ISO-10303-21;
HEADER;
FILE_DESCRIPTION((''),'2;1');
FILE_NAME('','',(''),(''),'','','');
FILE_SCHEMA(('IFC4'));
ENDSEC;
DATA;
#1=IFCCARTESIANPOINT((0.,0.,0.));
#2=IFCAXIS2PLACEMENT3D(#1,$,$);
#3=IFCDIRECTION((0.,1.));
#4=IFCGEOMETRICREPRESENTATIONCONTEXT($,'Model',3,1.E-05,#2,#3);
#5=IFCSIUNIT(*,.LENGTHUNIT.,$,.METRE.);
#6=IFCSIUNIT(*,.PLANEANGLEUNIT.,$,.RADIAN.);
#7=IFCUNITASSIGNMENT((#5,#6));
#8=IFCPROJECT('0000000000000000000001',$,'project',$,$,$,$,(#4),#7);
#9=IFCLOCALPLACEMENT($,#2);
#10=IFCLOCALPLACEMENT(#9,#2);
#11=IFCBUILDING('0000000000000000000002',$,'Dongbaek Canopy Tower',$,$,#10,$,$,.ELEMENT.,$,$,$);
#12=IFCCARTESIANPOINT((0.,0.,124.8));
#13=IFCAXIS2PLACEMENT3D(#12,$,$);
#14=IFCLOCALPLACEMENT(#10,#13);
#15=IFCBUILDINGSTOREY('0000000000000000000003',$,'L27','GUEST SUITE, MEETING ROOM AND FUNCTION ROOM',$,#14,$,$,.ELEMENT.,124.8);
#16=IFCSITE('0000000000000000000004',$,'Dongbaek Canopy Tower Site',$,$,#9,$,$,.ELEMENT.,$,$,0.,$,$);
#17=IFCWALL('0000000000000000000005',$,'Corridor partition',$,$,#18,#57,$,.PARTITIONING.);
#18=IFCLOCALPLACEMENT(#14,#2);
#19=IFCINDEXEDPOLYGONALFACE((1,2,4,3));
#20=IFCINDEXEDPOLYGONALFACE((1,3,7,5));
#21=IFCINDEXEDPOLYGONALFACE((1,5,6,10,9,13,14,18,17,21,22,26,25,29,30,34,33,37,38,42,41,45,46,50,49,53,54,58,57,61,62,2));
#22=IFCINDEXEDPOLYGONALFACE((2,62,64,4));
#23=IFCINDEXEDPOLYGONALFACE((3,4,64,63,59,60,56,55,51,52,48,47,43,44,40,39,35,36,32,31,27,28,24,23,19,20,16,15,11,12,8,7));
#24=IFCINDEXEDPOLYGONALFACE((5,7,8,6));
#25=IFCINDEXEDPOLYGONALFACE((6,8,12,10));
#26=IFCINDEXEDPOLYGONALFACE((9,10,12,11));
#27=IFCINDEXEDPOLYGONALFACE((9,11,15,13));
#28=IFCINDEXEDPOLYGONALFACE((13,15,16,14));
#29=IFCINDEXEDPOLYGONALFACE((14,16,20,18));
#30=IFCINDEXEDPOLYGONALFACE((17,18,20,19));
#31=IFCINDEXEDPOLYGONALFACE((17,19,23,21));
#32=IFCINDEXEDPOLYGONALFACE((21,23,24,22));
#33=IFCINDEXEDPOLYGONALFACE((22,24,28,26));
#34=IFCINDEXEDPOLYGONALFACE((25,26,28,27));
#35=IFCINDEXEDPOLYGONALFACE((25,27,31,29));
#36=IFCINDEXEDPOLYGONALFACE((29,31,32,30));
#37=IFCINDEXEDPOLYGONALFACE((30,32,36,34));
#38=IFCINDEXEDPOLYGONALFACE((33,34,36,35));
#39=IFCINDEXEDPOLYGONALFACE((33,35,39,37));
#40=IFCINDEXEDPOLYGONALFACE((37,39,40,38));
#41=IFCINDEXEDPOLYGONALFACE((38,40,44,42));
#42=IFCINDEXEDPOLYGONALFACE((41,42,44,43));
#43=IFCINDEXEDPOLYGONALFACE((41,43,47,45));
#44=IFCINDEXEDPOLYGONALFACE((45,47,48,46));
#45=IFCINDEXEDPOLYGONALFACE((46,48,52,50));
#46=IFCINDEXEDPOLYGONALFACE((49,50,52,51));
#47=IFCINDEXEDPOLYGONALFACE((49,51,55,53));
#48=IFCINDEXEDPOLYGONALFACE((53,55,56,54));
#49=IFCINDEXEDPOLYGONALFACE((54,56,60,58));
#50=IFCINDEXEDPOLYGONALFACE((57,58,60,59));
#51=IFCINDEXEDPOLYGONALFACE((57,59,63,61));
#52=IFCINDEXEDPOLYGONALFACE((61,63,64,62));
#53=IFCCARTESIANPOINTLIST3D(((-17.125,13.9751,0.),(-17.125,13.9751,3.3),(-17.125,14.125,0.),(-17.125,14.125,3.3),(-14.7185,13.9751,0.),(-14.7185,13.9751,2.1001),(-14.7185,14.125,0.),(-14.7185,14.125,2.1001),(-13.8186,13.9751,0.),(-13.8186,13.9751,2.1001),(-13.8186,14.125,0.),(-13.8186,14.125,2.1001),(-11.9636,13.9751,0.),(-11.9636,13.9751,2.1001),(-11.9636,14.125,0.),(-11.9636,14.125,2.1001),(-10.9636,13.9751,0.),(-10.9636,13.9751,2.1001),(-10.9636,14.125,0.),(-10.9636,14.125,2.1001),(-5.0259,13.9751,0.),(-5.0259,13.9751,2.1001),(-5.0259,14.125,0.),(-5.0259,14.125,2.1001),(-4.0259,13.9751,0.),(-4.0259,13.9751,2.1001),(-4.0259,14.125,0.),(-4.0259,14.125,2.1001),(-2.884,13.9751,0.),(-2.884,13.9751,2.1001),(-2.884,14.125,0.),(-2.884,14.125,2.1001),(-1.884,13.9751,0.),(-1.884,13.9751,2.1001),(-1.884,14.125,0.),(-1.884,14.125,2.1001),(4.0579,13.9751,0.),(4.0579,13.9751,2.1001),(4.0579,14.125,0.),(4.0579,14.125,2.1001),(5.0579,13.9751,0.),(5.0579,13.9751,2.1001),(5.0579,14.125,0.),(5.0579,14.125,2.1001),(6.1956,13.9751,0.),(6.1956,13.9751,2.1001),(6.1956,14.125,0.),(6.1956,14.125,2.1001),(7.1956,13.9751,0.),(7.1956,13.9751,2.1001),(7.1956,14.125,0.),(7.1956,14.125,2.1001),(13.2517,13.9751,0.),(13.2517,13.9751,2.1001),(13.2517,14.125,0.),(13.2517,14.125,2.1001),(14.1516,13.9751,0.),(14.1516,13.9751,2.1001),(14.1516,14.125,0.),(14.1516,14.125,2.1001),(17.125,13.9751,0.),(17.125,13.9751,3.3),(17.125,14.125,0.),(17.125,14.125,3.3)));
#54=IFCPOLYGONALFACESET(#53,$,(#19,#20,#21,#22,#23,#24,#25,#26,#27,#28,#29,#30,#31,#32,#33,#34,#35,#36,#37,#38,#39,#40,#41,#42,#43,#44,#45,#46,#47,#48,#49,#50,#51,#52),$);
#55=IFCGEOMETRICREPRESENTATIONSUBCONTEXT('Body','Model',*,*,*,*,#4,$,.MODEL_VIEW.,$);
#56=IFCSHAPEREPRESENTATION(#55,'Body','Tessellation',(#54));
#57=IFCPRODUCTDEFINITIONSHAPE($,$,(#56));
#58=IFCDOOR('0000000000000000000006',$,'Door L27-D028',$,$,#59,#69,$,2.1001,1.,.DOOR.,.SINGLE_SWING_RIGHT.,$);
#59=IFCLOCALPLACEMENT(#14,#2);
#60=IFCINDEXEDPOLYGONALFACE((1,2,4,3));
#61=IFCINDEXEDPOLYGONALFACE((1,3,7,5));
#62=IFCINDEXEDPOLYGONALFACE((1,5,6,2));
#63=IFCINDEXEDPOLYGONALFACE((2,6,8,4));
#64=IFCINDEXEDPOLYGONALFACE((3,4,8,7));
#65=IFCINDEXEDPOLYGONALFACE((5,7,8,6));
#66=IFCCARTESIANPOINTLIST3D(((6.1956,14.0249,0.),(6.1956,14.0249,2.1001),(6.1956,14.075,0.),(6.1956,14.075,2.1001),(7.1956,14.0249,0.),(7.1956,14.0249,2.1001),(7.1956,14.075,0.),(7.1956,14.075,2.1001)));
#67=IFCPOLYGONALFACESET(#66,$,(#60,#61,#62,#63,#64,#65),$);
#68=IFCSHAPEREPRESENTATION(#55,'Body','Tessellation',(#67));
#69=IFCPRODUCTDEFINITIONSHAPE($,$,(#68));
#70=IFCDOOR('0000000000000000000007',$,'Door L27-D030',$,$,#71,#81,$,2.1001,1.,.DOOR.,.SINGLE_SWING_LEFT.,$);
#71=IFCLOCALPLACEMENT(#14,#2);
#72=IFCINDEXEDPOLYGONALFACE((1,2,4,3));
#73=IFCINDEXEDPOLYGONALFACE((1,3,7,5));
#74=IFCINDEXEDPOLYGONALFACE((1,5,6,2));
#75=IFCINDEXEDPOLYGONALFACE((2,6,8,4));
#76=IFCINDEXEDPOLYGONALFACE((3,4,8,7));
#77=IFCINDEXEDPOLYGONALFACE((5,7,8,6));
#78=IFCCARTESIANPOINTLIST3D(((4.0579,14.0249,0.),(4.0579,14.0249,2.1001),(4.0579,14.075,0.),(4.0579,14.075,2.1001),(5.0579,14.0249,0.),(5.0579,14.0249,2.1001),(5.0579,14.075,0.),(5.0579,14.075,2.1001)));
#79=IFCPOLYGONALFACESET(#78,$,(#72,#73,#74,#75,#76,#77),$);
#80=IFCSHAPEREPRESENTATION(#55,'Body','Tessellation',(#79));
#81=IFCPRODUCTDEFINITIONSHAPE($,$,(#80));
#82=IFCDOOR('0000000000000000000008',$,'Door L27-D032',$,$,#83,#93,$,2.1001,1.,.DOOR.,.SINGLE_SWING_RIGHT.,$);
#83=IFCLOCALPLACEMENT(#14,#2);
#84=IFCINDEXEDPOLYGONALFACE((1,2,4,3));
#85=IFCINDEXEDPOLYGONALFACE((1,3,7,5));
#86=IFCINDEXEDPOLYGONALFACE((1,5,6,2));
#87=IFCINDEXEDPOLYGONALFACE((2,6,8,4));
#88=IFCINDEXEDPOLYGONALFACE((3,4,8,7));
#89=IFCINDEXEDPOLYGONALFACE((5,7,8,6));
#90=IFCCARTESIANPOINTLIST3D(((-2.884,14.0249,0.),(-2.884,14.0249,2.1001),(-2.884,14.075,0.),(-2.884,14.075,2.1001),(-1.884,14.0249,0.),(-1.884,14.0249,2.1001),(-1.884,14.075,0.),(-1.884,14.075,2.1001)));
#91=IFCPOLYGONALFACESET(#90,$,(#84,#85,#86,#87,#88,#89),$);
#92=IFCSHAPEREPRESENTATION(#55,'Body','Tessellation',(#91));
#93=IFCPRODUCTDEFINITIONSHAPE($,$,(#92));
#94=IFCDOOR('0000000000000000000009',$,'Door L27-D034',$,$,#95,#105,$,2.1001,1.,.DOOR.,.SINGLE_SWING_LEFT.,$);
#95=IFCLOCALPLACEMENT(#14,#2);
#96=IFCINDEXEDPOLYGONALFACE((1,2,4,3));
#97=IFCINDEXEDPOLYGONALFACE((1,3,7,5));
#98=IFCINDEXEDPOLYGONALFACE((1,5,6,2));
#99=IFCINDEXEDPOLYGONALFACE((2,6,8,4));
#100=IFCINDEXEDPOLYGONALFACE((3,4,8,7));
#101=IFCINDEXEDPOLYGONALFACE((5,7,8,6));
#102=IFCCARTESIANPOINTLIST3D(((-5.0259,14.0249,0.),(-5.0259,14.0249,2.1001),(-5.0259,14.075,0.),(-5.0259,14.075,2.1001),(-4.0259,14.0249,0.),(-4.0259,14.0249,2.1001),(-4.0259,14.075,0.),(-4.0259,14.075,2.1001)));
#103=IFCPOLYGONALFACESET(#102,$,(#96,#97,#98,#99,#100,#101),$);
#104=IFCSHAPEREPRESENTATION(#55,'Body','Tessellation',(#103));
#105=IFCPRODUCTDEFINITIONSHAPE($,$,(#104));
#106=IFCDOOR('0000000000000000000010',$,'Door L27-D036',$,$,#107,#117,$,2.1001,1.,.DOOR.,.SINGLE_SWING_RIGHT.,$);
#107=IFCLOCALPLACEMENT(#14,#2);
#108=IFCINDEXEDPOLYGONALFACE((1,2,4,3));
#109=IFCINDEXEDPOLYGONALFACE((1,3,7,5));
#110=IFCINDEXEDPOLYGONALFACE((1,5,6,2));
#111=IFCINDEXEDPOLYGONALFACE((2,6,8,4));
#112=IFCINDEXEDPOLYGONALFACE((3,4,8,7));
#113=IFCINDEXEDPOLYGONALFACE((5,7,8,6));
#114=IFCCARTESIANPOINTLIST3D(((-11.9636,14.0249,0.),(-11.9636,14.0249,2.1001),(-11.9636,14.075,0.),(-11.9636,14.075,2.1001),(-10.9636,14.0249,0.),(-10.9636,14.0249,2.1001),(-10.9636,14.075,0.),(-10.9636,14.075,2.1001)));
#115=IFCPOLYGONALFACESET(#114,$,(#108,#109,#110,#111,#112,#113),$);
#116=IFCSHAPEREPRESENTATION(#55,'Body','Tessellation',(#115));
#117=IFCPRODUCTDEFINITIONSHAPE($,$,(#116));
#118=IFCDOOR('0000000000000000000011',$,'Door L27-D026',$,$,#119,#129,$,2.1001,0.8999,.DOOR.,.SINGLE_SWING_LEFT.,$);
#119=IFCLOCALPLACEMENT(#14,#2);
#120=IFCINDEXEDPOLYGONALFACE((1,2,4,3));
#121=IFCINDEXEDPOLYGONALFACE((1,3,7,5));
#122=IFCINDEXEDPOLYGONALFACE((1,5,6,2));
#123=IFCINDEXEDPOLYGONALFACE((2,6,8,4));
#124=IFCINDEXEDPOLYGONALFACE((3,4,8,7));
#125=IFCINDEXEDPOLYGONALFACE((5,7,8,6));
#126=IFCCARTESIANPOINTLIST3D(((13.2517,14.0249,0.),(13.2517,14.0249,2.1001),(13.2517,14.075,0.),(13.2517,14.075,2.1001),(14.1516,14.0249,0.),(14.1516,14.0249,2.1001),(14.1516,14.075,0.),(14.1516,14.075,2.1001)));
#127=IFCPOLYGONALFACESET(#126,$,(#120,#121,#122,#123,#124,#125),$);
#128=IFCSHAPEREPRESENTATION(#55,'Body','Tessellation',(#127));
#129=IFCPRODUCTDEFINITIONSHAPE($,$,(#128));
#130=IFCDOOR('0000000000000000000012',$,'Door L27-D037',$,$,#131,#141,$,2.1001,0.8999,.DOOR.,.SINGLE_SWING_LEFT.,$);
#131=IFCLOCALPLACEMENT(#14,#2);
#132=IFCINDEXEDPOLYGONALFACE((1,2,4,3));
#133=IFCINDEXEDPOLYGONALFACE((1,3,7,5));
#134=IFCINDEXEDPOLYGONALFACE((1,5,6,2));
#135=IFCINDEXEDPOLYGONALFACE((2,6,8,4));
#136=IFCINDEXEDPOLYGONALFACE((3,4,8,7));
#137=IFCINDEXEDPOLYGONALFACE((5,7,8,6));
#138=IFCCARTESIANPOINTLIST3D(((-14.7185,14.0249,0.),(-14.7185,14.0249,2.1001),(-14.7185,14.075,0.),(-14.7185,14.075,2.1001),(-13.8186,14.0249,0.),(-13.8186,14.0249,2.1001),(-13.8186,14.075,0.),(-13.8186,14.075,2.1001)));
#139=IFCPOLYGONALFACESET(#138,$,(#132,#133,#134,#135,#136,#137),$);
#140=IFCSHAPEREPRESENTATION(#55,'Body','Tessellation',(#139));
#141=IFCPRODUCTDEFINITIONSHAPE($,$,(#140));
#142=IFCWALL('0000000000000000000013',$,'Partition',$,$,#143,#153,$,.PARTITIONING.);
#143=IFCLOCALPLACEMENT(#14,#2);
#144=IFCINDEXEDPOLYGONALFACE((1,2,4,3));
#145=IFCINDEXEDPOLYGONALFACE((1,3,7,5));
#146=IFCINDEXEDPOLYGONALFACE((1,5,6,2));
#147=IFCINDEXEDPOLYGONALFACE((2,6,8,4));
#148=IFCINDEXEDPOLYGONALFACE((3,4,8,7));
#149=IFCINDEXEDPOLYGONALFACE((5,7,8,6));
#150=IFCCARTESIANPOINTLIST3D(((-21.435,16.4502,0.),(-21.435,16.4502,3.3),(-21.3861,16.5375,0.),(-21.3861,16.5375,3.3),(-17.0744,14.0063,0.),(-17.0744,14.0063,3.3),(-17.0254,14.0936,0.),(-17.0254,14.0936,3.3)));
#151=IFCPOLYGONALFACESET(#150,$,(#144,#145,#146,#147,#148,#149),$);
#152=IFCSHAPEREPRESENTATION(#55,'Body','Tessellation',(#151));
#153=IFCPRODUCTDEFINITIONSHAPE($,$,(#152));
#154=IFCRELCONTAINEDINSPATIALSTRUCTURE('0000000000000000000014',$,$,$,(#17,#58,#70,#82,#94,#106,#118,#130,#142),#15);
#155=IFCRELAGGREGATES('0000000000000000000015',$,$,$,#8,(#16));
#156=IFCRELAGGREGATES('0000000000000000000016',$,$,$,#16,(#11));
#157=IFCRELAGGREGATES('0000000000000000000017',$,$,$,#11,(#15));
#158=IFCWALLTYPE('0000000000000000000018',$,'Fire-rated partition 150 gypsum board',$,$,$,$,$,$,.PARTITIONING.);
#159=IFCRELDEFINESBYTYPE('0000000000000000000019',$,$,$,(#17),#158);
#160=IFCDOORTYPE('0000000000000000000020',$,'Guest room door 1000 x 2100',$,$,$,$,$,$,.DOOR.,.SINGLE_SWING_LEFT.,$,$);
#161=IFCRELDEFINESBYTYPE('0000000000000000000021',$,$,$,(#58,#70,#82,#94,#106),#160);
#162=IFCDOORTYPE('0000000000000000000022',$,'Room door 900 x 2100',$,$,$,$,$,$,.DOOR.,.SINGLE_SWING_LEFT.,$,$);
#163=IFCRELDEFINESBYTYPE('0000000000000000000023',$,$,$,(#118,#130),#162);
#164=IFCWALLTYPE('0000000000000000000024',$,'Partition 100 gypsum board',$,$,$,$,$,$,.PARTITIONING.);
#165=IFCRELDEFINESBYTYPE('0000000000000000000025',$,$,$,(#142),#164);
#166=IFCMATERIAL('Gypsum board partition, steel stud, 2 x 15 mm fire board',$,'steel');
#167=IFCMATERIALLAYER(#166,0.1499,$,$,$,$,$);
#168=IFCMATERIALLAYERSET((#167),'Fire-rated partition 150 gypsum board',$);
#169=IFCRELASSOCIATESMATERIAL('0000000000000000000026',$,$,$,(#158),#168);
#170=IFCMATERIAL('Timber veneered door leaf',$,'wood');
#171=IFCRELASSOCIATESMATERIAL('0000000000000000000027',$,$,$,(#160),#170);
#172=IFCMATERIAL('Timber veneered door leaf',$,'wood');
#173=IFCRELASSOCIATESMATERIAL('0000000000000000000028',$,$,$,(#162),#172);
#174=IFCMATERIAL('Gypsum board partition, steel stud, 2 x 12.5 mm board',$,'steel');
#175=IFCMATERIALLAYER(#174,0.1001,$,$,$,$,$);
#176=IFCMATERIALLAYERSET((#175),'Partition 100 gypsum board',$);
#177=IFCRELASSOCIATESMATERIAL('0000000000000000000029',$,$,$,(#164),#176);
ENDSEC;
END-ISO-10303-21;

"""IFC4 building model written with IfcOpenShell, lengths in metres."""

from ifc_helpers import new_model, si_unit, direction, frame, frame_2d, origin, place, context, subcontext, project, spatial, rectangle, extrude, material, layer, layer_set, type_object, element, fill, save


model = new_model("IFC4")

# Units and contexts
model_context = context("Model", 3, precision=1e-05, world=origin(), true_north=direction((0.0, 1.0)))
body_context = subcontext(model_context, "Body", "Model", "MODEL_VIEW")
ifc_project = project(units=[si_unit("LENGTHUNIT", "METRE"), si_unit("PLANEANGLEUNIT", "RADIAN")], contexts=[model_context])

# Site, building, storey
site_placement = place(None, origin())
site = spatial("IfcSite", under=ifc_project, at=site_placement, Name="Dongbaek Canopy Tower Site", CompositionType="ELEMENT", RefElevation=0.0)
building_placement = place(site_placement, origin())
building = spatial("IfcBuilding", under=site, at=building_placement, Name="Dongbaek Canopy Tower", CompositionType="ELEMENT")
storey_placement = place(building_placement, frame((0.0, 0.0, 124.8)))
storey = spatial("IfcBuildingStorey", under=building, at=storey_placement, Name="L27", Description="GUEST SUITE, MEETING ROOM AND FUNCTION ROOM", CompositionType="ELEMENT", Elevation=124.8)

# Wall, openings, doors
ifc_material_1 = material(Name="Gypsum board partition, steel stud, 2 x 15 mm fire board", Category="steel")
ifc_layer_1 = layer(ifc_material_1, 0.1499)
ifc_layer_set_1 = layer_set([ifc_layer_1], Name="Fire-rated partition 150 gypsum board")
wall_type_1 = type_object("IfcWallType", Name="Fire-rated partition 150 gypsum board", PredefinedType="PARTITIONING", material=ifc_layer_set_1)
wall_1_placement = place(storey_placement, frame((-17.125, 14.05, 0.0), z_axis=(0.0, 0.0, 1.0), x_axis=(1.0, 0.0, 0.0)))
wall_1 = element("IfcWall", 1, at=wall_1_placement, inside=storey, type_object=wall_type_1, Name="Corridor partition", PredefinedType="PARTITIONING", context=body_context, shape_type="SweptSolid", body=[
    extrude(rectangle(XDim=34.25, YDim=0.1499, at=frame_2d((17.125, 0.0))), origin(), (0.0, 0.0, 1.0), 3.3),
])
opening_1_placement = place(wall_1_placement, frame((30.3767, 0.0, 0.0)))
opening_1 = element("IfcOpeningElement", 2, at=opening_1_placement, cuts=wall_1, PredefinedType="OPENING", context=body_context, shape_type="SweptSolid", body=[
    extrude(rectangle(XDim=0.8999, YDim=2.1001, at=frame_2d((0.45, 1.05))), frame((0.0, 0.085, 0.0), z_axis=(0.0, -1.0, 0.0), x_axis=(1.0, 0.0, 0.0)), (0.0, 0.0, 1.0), 0.1699),
])
opening_2_placement = place(wall_1_placement, frame((23.3206, 0.0, 0.0)))
opening_2 = element("IfcOpeningElement", 3, at=opening_2_placement, cuts=wall_1, PredefinedType="OPENING", context=body_context, shape_type="SweptSolid", body=[
    extrude(rectangle(XDim=1.0, YDim=2.1001, at=frame_2d((0.5, 1.05))), frame((0.0, 0.085, 0.0), z_axis=(0.0, -1.0, 0.0), x_axis=(1.0, 0.0, 0.0)), (0.0, 0.0, 1.0), 0.1699),
])
opening_3_placement = place(wall_1_placement, frame((21.1829, 0.0, 0.0)))
opening_3 = element("IfcOpeningElement", 4, at=opening_3_placement, cuts=wall_1, PredefinedType="OPENING", context=body_context, shape_type="SweptSolid", body=[
    extrude(rectangle(XDim=1.0, YDim=2.1001, at=frame_2d((0.5, 1.05))), frame((0.0, 0.085, 0.0), z_axis=(0.0, -1.0, 0.0), x_axis=(1.0, 0.0, 0.0)), (0.0, 0.0, 1.0), 0.1699),
])
opening_4_placement = place(wall_1_placement, frame((14.241, 0.0, 0.0)))
opening_4 = element("IfcOpeningElement", 5, at=opening_4_placement, cuts=wall_1, PredefinedType="OPENING", context=body_context, shape_type="SweptSolid", body=[
    extrude(rectangle(XDim=1.0, YDim=2.1001, at=frame_2d((0.5, 1.05))), frame((0.0, 0.085, 0.0), z_axis=(0.0, -1.0, 0.0), x_axis=(1.0, 0.0, 0.0)), (0.0, 0.0, 1.0), 0.1699),
])
opening_5_placement = place(wall_1_placement, frame((12.0991, 0.0, 0.0)))
opening_5 = element("IfcOpeningElement", 6, at=opening_5_placement, cuts=wall_1, PredefinedType="OPENING", context=body_context, shape_type="SweptSolid", body=[
    extrude(rectangle(XDim=1.0, YDim=2.1001, at=frame_2d((0.5, 1.05))), frame((0.0, 0.085, 0.0), z_axis=(0.0, -1.0, 0.0), x_axis=(1.0, 0.0, 0.0)), (0.0, 0.0, 1.0), 0.1699),
])
opening_6_placement = place(wall_1_placement, frame((5.1614, 0.0, 0.0)))
opening_6 = element("IfcOpeningElement", 7, at=opening_6_placement, cuts=wall_1, PredefinedType="OPENING", context=body_context, shape_type="SweptSolid", body=[
    extrude(rectangle(XDim=1.0, YDim=2.1001, at=frame_2d((0.5, 1.05))), frame((0.0, 0.085, 0.0), z_axis=(0.0, -1.0, 0.0), x_axis=(1.0, 0.0, 0.0)), (0.0, 0.0, 1.0), 0.1699),
])
opening_7_placement = place(wall_1_placement, frame((2.4065, 0.0, 0.0)))
opening_7 = element("IfcOpeningElement", 8, at=opening_7_placement, cuts=wall_1, PredefinedType="OPENING", context=body_context, shape_type="SweptSolid", body=[
    extrude(rectangle(XDim=0.8999, YDim=2.1001, at=frame_2d((0.45, 1.05))), frame((0.0, 0.085, 0.0), z_axis=(0.0, -1.0, 0.0), x_axis=(1.0, 0.0, 0.0)), (0.0, 0.0, 1.0), 0.1699),
])
ifc_material_2 = material(Name="Timber veneered door leaf", Category="wood")
door_type_1 = type_object("IfcDoorType", Name="Guest room door 1000 x 2100", OperationType="SINGLE_SWING_LEFT", PredefinedType="DOOR", material=ifc_material_2)
door_1_placement = place(opening_2_placement, origin())
door_1 = element("IfcDoor", 9, at=door_1_placement, inside=storey, type_object=door_type_1, Name="Door L27-D028", OperationType="SINGLE_SWING_RIGHT", OverallHeight=2.1001, OverallWidth=1.0, PredefinedType="DOOR", context=body_context, shape_type="SweptSolid", body=[
    extrude(rectangle(XDim=1.0, YDim=2.1001, at=frame_2d((0.5, 1.05))), frame((0.0, 0.0249, 0.0), z_axis=(0.0, -1.0, 0.0), x_axis=(1.0, 0.0, 0.0)), (0.0, 0.0, 1.0), 0.05),
])
fill(opening_2, door_1)
door_2_placement = place(opening_3_placement, origin())
door_2 = element("IfcDoor", 10, at=door_2_placement, inside=storey, type_object=door_type_1, Name="Door L27-D030", OperationType="SINGLE_SWING_LEFT", OverallHeight=2.1001, OverallWidth=1.0, PredefinedType="DOOR", context=body_context, shape_type="SweptSolid", body=[
    extrude(rectangle(XDim=1.0, YDim=2.1001, at=frame_2d((0.5, 1.05))), frame((0.0, 0.0249, 0.0), z_axis=(0.0, -1.0, 0.0), x_axis=(1.0, 0.0, 0.0)), (0.0, 0.0, 1.0), 0.05),
])
fill(opening_3, door_2)
door_3_placement = place(opening_4_placement, origin())
door_3 = element("IfcDoor", 11, at=door_3_placement, inside=storey, type_object=door_type_1, Name="Door L27-D032", OperationType="SINGLE_SWING_RIGHT", OverallHeight=2.1001, OverallWidth=1.0, PredefinedType="DOOR", context=body_context, shape_type="SweptSolid", body=[
    extrude(rectangle(XDim=1.0, YDim=2.1001, at=frame_2d((0.5, 1.05))), frame((0.0, 0.0249, 0.0), z_axis=(0.0, -1.0, 0.0), x_axis=(1.0, 0.0, 0.0)), (0.0, 0.0, 1.0), 0.05),
])
fill(opening_4, door_3)
door_4_placement = place(opening_5_placement, origin())
door_4 = element("IfcDoor", 12, at=door_4_placement, inside=storey, type_object=door_type_1, Name="Door L27-D034", OperationType="SINGLE_SWING_LEFT", OverallHeight=2.1001, OverallWidth=1.0, PredefinedType="DOOR", context=body_context, shape_type="SweptSolid", body=[
    extrude(rectangle(XDim=1.0, YDim=2.1001, at=frame_2d((0.5, 1.05))), frame((0.0, 0.0249, 0.0), z_axis=(0.0, -1.0, 0.0), x_axis=(1.0, 0.0, 0.0)), (0.0, 0.0, 1.0), 0.05),
])
fill(opening_5, door_4)
door_5_placement = place(opening_6_placement, origin())
door_5 = element("IfcDoor", 13, at=door_5_placement, inside=storey, type_object=door_type_1, Name="Door L27-D036", OperationType="SINGLE_SWING_RIGHT", OverallHeight=2.1001, OverallWidth=1.0, PredefinedType="DOOR", context=body_context, shape_type="SweptSolid", body=[
    extrude(rectangle(XDim=1.0, YDim=2.1001, at=frame_2d((0.5, 1.05))), frame((0.0, 0.0249, 0.0), z_axis=(0.0, -1.0, 0.0), x_axis=(1.0, 0.0, 0.0)), (0.0, 0.0, 1.0), 0.05),
])
fill(opening_6, door_5)
ifc_material_3 = material(Name="Timber veneered door leaf", Category="wood")
door_type_2 = type_object("IfcDoorType", Name="Room door 900 x 2100", OperationType="SINGLE_SWING_LEFT", PredefinedType="DOOR", material=ifc_material_3)
door_6_placement = place(opening_1_placement, origin())
door_6 = element("IfcDoor", 14, at=door_6_placement, inside=storey, type_object=door_type_2, Name="Door L27-D026", OperationType="SINGLE_SWING_LEFT", OverallHeight=2.1001, OverallWidth=0.8999, PredefinedType="DOOR", context=body_context, shape_type="SweptSolid", body=[
    extrude(rectangle(XDim=0.8999, YDim=2.1001, at=frame_2d((0.45, 1.05))), frame((0.0, 0.0249, 0.0), z_axis=(0.0, -1.0, 0.0), x_axis=(1.0, 0.0, 0.0)), (0.0, 0.0, 1.0), 0.05),
])
fill(opening_1, door_6)
door_7_placement = place(opening_7_placement, origin())
door_7 = element("IfcDoor", 15, at=door_7_placement, inside=storey, type_object=door_type_2, Name="Door L27-D037", OperationType="SINGLE_SWING_LEFT", OverallHeight=2.1001, OverallWidth=0.8999, PredefinedType="DOOR", context=body_context, shape_type="SweptSolid", body=[
    extrude(rectangle(XDim=0.8999, YDim=2.1001, at=frame_2d((0.45, 1.05))), frame((0.0, 0.0249, 0.0), z_axis=(0.0, -1.0, 0.0), x_axis=(1.0, 0.0, 0.0)), (0.0, 0.0, 1.0), 0.05),
])
fill(opening_7, door_7)

# Wall
ifc_material_4 = material(Name="Gypsum board partition, steel stud, 2 x 12.5 mm board", Category="steel")
ifc_layer_2 = layer(ifc_material_4, 0.1001)
ifc_layer_set_2 = layer_set([ifc_layer_2], Name="Partition 100 gypsum board")
wall_type_2 = type_object("IfcWallType", Name="Partition 100 gypsum board", PredefinedType="PARTITIONING", material=ifc_layer_set_2)
wall_2_placement = place(storey_placement, frame((-21.4106, 16.4939, 0.0), z_axis=(0.0, 0.0, 1.0), x_axis=(0.872343, -0.488895, 0.0)))
element("IfcWall", 16, at=wall_2_placement, inside=storey, type_object=wall_type_2, Name="Partition", PredefinedType="PARTITIONING", context=body_context, shape_type="SweptSolid", body=[
    extrude(rectangle(XDim=4.9988, YDim=0.1001, at=frame_2d((2.4995, 0.0))), origin(), (0.0, 0.0, 1.0), 3.3),
])

save(model, "model.ifc")
